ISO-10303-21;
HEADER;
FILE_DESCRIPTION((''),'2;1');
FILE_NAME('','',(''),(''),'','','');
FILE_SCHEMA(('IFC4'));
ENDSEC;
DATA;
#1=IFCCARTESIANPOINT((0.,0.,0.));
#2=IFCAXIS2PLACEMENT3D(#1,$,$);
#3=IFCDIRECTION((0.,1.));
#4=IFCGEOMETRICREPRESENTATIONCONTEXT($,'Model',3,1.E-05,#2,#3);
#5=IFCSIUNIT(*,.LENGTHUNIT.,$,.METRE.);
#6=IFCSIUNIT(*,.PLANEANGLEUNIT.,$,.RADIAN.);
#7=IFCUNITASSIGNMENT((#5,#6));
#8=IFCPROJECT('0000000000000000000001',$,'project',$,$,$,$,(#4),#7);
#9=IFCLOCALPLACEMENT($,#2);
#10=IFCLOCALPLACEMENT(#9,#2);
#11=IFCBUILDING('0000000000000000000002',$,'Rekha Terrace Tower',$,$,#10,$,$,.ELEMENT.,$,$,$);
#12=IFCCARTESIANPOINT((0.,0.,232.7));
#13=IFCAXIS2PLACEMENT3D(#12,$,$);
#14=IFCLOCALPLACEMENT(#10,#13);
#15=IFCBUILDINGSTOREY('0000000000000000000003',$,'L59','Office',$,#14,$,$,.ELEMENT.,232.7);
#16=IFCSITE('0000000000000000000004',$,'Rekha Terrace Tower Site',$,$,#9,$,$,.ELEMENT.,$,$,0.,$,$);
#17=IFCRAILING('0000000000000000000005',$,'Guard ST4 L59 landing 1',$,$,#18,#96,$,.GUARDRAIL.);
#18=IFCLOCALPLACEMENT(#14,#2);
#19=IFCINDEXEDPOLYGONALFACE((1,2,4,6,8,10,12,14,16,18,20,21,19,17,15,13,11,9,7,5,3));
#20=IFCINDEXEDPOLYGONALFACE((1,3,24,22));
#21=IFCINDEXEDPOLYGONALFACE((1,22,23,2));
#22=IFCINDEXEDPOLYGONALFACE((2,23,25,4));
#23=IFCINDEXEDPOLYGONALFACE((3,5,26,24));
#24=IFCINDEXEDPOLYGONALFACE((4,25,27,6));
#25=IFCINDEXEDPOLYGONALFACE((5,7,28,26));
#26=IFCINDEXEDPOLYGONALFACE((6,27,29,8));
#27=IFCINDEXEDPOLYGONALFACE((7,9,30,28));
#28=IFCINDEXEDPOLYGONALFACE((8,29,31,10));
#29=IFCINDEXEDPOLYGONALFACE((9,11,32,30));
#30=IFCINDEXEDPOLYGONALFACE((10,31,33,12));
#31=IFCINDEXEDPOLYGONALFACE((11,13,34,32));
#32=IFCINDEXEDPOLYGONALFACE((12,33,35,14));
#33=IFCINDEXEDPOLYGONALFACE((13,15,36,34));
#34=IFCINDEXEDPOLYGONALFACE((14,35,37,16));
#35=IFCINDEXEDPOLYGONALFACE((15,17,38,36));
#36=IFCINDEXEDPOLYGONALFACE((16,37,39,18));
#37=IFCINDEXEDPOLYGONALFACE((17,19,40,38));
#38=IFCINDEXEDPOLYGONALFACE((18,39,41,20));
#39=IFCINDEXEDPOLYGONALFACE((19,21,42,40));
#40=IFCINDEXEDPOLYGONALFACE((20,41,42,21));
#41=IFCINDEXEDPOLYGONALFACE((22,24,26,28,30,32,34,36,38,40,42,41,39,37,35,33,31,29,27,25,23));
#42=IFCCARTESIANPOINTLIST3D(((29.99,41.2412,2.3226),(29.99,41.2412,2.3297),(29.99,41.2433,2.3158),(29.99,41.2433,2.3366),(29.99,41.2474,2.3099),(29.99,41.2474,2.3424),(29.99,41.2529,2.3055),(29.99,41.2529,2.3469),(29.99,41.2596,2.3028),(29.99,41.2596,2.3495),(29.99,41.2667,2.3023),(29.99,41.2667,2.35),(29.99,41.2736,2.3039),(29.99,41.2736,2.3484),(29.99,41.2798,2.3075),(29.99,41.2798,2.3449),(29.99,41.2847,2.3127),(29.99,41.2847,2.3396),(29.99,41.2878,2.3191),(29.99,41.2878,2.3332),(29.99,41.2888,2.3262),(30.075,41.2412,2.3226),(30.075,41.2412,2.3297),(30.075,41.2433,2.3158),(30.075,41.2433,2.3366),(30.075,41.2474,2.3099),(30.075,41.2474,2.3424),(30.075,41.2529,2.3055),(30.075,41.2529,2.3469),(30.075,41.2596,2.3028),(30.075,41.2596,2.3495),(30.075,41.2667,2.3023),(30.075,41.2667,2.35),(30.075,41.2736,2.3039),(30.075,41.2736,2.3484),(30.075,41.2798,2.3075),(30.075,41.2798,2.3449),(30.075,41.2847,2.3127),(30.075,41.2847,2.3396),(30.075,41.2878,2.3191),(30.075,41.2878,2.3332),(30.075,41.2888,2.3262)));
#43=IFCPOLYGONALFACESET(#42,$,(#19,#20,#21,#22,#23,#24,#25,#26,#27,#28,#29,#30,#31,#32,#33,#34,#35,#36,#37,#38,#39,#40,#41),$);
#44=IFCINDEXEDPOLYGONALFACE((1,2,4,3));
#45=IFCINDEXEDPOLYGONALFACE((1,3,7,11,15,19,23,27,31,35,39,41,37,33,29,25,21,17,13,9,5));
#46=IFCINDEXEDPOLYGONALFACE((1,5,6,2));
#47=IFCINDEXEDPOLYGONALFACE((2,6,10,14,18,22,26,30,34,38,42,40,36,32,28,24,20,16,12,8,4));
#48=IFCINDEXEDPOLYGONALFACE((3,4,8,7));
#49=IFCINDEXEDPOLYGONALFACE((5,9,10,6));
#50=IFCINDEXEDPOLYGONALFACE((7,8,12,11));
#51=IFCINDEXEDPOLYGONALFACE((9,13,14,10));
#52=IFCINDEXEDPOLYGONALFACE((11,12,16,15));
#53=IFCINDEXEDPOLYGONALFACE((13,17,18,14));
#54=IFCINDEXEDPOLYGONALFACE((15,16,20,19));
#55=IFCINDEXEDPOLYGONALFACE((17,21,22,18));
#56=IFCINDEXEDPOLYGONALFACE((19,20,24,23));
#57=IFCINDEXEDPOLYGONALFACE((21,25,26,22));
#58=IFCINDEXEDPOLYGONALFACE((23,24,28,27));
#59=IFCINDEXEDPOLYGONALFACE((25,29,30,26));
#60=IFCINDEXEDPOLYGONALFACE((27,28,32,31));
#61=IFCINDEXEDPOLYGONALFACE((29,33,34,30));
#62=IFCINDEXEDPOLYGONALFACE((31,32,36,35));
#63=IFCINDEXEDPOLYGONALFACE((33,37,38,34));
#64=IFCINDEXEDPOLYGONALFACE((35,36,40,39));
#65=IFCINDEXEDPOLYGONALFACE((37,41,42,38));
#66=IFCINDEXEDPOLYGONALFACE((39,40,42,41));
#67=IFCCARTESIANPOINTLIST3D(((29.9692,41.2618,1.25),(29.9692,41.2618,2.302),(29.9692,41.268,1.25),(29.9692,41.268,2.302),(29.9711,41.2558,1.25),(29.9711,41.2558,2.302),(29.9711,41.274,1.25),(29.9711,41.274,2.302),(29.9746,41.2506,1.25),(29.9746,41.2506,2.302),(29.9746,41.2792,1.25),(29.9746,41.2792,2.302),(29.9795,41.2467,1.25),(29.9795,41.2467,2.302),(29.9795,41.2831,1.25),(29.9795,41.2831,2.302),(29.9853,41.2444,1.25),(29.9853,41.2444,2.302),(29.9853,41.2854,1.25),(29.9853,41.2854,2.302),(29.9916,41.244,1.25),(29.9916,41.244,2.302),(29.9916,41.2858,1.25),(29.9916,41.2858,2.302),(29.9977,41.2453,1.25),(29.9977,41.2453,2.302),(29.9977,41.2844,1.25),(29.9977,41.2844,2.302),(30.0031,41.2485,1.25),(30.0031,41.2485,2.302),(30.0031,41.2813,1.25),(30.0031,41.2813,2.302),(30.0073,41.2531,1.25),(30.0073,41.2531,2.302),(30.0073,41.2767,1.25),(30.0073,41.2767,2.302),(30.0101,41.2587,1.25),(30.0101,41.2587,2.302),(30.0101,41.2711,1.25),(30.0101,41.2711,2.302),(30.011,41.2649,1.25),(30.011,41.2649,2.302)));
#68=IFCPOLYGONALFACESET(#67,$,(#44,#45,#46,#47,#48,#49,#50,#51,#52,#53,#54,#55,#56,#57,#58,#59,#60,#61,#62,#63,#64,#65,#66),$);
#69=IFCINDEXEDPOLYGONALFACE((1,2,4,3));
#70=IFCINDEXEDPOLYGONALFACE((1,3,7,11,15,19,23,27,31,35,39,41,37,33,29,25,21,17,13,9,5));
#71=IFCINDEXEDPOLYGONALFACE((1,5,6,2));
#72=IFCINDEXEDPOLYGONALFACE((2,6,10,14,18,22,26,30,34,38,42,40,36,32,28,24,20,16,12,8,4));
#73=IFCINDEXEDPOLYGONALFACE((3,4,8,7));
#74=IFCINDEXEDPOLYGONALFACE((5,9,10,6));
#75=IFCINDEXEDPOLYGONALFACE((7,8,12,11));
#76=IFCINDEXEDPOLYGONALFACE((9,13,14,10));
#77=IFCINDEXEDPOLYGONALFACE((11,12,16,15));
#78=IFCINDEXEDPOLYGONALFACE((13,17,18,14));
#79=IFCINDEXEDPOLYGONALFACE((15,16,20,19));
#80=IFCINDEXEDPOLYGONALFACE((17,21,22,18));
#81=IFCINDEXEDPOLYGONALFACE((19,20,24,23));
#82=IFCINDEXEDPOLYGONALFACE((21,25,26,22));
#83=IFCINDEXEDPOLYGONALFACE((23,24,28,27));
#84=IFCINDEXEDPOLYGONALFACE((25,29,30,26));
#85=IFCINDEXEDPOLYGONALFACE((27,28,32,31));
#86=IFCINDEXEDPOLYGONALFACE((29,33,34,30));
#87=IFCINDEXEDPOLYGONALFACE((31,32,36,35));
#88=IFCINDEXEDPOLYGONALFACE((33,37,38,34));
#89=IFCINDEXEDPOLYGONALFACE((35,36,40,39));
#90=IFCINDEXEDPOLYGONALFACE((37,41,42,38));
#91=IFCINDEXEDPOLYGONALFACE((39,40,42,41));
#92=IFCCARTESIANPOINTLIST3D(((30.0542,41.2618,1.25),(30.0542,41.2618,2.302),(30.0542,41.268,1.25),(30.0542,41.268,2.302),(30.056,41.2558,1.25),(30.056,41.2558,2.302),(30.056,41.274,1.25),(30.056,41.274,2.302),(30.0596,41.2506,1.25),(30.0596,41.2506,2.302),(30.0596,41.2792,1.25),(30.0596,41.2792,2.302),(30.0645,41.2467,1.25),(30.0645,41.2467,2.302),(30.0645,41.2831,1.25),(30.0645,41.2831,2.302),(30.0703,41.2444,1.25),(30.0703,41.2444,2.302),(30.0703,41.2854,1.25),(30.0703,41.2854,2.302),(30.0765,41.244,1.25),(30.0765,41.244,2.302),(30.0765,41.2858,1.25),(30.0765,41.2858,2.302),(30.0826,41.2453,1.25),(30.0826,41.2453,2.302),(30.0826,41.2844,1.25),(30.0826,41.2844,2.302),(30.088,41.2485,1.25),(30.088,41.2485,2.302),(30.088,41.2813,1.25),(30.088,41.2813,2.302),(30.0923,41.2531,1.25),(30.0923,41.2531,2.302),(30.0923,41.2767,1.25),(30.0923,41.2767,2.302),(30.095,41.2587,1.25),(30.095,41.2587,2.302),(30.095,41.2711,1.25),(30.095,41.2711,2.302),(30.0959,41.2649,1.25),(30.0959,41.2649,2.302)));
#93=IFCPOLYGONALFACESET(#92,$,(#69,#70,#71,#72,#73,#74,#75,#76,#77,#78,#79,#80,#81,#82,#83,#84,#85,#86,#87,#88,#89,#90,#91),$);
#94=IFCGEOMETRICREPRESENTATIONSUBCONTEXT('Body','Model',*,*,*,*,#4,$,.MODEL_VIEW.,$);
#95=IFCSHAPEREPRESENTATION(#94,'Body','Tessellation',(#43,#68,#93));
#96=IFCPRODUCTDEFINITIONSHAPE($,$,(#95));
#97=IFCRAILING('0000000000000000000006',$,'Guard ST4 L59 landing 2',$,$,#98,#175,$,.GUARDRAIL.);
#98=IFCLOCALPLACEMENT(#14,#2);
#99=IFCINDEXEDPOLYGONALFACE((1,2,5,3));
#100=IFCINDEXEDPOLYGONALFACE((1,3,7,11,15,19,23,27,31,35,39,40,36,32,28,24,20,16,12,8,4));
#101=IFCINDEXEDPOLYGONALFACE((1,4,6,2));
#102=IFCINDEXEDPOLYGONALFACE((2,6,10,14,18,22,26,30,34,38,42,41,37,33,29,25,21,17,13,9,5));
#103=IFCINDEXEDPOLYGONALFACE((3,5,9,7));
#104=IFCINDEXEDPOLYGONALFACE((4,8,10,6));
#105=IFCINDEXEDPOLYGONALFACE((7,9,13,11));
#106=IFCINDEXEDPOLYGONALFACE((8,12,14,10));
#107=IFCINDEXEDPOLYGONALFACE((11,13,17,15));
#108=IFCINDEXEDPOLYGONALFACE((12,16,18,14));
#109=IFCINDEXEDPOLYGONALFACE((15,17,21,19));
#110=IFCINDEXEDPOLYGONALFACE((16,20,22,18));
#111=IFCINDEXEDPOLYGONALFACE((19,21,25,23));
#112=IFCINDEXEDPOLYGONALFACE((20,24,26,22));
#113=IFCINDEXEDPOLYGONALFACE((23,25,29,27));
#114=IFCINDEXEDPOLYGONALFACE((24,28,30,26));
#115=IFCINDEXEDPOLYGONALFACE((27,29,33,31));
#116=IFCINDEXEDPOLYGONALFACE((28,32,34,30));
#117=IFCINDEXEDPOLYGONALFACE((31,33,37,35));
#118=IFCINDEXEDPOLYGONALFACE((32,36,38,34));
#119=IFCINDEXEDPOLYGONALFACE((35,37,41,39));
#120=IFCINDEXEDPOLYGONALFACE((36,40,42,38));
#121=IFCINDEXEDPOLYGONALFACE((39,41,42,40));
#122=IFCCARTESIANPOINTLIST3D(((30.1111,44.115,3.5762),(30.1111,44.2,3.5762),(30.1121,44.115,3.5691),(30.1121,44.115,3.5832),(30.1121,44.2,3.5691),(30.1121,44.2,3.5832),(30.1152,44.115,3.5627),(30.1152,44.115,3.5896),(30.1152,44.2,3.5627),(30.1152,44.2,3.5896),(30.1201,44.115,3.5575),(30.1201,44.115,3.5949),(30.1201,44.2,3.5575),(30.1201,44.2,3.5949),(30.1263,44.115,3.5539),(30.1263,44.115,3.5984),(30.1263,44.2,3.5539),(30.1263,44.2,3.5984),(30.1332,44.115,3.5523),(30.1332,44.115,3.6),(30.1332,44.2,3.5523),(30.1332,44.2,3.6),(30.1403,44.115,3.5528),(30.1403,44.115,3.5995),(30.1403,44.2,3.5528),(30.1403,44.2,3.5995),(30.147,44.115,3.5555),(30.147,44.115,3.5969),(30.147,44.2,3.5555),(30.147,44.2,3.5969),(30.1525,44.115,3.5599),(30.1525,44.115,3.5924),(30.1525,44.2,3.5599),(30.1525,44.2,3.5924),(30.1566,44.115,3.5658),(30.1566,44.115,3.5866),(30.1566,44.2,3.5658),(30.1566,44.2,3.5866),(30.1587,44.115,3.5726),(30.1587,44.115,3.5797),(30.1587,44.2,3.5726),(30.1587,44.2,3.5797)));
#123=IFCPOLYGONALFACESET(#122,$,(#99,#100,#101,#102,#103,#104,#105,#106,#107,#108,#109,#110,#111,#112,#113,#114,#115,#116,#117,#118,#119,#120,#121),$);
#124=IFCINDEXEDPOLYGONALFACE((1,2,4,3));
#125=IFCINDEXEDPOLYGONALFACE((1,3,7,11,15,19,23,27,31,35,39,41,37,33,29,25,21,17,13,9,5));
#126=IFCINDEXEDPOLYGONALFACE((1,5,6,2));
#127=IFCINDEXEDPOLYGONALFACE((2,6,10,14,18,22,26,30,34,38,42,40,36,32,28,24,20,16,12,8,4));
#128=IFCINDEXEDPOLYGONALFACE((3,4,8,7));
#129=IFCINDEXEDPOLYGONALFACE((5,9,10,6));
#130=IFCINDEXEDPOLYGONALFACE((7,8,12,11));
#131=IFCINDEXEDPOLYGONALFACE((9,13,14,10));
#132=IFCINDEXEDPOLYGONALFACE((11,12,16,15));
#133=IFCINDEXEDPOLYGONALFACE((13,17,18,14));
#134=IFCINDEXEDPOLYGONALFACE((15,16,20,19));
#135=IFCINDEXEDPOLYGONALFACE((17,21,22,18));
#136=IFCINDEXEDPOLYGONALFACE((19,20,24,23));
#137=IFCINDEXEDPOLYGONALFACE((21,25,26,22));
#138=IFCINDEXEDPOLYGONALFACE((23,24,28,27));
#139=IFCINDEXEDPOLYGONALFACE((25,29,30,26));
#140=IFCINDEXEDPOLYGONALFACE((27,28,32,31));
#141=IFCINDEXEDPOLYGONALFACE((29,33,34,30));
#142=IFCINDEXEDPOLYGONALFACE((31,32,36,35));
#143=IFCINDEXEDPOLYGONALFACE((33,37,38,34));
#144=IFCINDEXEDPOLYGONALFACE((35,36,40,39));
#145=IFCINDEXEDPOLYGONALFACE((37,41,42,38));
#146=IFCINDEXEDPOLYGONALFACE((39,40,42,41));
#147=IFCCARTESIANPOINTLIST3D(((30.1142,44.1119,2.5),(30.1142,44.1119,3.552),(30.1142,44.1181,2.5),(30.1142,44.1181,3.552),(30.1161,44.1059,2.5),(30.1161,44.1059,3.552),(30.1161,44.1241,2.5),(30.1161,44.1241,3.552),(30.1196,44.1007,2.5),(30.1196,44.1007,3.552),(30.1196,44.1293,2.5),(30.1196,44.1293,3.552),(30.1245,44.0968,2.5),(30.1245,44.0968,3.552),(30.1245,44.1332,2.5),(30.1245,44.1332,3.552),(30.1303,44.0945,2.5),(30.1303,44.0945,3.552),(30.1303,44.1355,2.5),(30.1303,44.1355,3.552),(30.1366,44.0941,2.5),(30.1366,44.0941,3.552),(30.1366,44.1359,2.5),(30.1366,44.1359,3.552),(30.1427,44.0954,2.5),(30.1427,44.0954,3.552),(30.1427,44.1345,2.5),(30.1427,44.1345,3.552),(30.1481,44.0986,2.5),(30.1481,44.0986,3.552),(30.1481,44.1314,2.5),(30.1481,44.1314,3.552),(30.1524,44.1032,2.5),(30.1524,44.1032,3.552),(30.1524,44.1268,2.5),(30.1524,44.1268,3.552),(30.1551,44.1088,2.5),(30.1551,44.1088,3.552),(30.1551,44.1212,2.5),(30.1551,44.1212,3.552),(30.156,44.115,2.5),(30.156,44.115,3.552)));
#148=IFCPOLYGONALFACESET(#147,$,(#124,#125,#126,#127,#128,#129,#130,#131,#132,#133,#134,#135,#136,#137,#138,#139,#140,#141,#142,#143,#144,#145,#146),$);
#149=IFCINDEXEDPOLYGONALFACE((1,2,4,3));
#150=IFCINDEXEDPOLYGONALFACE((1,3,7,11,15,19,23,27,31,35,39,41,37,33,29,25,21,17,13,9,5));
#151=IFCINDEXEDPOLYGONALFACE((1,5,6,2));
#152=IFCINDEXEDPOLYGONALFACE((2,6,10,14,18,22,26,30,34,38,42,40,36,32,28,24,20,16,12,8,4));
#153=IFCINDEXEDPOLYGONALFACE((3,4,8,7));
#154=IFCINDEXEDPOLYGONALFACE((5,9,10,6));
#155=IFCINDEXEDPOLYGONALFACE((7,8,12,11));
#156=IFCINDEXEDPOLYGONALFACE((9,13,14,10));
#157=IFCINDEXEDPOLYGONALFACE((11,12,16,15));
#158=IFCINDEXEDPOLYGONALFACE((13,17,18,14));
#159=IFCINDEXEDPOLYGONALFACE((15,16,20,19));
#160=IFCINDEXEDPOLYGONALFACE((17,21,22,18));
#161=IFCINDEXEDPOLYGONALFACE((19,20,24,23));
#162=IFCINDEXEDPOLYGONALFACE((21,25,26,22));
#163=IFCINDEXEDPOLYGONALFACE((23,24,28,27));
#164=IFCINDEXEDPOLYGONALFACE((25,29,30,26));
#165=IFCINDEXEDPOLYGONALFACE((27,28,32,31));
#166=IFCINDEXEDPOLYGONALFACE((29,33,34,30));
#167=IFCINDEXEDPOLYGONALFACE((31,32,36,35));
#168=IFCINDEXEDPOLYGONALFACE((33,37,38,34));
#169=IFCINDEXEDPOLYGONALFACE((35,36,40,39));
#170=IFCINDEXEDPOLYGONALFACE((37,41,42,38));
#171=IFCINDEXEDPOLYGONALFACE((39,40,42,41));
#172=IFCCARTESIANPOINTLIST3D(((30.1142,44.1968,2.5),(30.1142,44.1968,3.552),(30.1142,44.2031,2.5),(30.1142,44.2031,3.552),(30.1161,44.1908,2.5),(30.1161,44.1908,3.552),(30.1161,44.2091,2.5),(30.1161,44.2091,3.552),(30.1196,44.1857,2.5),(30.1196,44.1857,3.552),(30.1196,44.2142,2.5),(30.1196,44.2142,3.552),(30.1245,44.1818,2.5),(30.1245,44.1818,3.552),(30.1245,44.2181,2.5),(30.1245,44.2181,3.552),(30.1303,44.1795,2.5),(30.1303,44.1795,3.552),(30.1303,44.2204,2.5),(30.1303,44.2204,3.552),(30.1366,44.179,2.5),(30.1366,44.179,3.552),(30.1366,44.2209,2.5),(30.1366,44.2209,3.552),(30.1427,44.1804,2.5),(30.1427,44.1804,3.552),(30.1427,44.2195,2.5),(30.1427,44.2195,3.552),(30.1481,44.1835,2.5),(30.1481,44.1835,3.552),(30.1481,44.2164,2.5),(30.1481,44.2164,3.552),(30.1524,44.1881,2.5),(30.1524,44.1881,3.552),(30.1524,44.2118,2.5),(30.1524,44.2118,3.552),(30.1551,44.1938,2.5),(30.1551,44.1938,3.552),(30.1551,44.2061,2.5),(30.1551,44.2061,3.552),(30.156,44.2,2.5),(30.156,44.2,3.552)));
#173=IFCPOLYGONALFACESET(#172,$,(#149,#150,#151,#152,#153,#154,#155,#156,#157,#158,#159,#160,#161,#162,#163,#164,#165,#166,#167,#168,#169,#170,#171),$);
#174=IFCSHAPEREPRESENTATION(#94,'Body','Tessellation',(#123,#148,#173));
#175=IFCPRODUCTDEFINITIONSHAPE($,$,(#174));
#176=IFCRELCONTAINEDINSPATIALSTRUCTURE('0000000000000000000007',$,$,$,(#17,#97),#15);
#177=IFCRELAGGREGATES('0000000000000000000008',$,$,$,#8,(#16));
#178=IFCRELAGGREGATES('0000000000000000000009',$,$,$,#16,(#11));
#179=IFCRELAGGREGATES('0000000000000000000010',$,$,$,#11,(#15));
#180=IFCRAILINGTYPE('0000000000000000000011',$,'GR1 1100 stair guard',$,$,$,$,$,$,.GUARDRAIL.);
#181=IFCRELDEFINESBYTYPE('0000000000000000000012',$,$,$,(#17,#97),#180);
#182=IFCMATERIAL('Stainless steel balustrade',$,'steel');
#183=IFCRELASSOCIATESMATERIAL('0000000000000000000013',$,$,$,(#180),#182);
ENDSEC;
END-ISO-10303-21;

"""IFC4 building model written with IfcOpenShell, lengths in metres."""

from ifc_helpers import new_model, si_unit, direction, frame, origin, origin_2d, place, context, subcontext, project, spatial, circle, extrude, material, type_object, element, save


model = new_model("IFC4")

# Units and contexts
model_context = context("Model", 3, precision=1e-05, world=origin(), true_north=direction((0.0, 1.0)))
body_context = subcontext(model_context, "Body", "Model", "MODEL_VIEW")
ifc_project = project(units=[si_unit("LENGTHUNIT", "METRE"), si_unit("PLANEANGLEUNIT", "RADIAN")], contexts=[model_context])

# Site, building, storey
site_placement = place(None, origin())
site = spatial("IfcSite", under=ifc_project, at=site_placement, Name="Rekha Terrace Tower Site", CompositionType="ELEMENT", RefElevation=0.0)
building_placement = place(site_placement, origin())
building = spatial("IfcBuilding", under=site, at=building_placement, Name="Rekha Terrace Tower", CompositionType="ELEMENT")
storey_placement = place(building_placement, frame((0.0, 0.0, 232.7)))
storey = spatial("IfcBuildingStorey", under=building, at=storey_placement, Name="L59", Description="Office", CompositionType="ELEMENT", Elevation=232.7)

# Railings
ifc_material_1 = material(Name="Stainless steel balustrade", Category="steel")
railing_type_1 = type_object("IfcRailingType", Name="GR1 1100 stair guard", PredefinedType="GUARDRAIL", material=ifc_material_1)
railing_1_placement = place(storey_placement, frame((29.99, 41.2649, 1.25)))
element("IfcRailing", 1, at=railing_1_placement, inside=storey, type_object=railing_type_1, Name="Guard ST4 L59 landing 1", PredefinedType="GUARDRAIL", context=body_context, shape_type="SweptSolid", body=[
    extrude(circle(Radius=0.0239, at=origin_2d()), frame((0.0, 0.0, 1.0762), z_axis=(1.0, 0.0, 0.0), x_axis=(0.0, 1.0, 0.0)), (0.0, 0.0, 1.0), 0.085),
    extrude(circle(Radius=0.021, at=origin_2d()), origin(), (0.0, 0.0, 1.0), 1.052),
    extrude(circle(Radius=0.021, at=origin_2d()), frame((0.085, 0.0, 0.0)), (0.0, 0.0, 1.0), 1.052),
])
railing_2_placement = place(storey_placement, frame((30.135, 44.115, 2.5)))
element("IfcRailing", 2, at=railing_2_placement, inside=storey, type_object=railing_type_1, Name="Guard ST4 L59 landing 2", PredefinedType="GUARDRAIL", context=body_context, shape_type="SweptSolid", body=[
    extrude(circle(Radius=0.0239, at=origin_2d()), frame((0.0, 0.0, 1.0762), z_axis=(0.0, 1.0, 0.0), x_axis=(-1.0, 0.0, 0.0)), (0.0, 0.0, 1.0), 0.085),
    extrude(circle(Radius=0.021, at=origin_2d()), origin(), (0.0, 0.0, 1.0), 1.052),
    extrude(circle(Radius=0.021, at=origin_2d()), frame((0.0, 0.085, 0.0)), (0.0, 0.0, 1.0), 1.052),
])

save(model, "model.ifc")
